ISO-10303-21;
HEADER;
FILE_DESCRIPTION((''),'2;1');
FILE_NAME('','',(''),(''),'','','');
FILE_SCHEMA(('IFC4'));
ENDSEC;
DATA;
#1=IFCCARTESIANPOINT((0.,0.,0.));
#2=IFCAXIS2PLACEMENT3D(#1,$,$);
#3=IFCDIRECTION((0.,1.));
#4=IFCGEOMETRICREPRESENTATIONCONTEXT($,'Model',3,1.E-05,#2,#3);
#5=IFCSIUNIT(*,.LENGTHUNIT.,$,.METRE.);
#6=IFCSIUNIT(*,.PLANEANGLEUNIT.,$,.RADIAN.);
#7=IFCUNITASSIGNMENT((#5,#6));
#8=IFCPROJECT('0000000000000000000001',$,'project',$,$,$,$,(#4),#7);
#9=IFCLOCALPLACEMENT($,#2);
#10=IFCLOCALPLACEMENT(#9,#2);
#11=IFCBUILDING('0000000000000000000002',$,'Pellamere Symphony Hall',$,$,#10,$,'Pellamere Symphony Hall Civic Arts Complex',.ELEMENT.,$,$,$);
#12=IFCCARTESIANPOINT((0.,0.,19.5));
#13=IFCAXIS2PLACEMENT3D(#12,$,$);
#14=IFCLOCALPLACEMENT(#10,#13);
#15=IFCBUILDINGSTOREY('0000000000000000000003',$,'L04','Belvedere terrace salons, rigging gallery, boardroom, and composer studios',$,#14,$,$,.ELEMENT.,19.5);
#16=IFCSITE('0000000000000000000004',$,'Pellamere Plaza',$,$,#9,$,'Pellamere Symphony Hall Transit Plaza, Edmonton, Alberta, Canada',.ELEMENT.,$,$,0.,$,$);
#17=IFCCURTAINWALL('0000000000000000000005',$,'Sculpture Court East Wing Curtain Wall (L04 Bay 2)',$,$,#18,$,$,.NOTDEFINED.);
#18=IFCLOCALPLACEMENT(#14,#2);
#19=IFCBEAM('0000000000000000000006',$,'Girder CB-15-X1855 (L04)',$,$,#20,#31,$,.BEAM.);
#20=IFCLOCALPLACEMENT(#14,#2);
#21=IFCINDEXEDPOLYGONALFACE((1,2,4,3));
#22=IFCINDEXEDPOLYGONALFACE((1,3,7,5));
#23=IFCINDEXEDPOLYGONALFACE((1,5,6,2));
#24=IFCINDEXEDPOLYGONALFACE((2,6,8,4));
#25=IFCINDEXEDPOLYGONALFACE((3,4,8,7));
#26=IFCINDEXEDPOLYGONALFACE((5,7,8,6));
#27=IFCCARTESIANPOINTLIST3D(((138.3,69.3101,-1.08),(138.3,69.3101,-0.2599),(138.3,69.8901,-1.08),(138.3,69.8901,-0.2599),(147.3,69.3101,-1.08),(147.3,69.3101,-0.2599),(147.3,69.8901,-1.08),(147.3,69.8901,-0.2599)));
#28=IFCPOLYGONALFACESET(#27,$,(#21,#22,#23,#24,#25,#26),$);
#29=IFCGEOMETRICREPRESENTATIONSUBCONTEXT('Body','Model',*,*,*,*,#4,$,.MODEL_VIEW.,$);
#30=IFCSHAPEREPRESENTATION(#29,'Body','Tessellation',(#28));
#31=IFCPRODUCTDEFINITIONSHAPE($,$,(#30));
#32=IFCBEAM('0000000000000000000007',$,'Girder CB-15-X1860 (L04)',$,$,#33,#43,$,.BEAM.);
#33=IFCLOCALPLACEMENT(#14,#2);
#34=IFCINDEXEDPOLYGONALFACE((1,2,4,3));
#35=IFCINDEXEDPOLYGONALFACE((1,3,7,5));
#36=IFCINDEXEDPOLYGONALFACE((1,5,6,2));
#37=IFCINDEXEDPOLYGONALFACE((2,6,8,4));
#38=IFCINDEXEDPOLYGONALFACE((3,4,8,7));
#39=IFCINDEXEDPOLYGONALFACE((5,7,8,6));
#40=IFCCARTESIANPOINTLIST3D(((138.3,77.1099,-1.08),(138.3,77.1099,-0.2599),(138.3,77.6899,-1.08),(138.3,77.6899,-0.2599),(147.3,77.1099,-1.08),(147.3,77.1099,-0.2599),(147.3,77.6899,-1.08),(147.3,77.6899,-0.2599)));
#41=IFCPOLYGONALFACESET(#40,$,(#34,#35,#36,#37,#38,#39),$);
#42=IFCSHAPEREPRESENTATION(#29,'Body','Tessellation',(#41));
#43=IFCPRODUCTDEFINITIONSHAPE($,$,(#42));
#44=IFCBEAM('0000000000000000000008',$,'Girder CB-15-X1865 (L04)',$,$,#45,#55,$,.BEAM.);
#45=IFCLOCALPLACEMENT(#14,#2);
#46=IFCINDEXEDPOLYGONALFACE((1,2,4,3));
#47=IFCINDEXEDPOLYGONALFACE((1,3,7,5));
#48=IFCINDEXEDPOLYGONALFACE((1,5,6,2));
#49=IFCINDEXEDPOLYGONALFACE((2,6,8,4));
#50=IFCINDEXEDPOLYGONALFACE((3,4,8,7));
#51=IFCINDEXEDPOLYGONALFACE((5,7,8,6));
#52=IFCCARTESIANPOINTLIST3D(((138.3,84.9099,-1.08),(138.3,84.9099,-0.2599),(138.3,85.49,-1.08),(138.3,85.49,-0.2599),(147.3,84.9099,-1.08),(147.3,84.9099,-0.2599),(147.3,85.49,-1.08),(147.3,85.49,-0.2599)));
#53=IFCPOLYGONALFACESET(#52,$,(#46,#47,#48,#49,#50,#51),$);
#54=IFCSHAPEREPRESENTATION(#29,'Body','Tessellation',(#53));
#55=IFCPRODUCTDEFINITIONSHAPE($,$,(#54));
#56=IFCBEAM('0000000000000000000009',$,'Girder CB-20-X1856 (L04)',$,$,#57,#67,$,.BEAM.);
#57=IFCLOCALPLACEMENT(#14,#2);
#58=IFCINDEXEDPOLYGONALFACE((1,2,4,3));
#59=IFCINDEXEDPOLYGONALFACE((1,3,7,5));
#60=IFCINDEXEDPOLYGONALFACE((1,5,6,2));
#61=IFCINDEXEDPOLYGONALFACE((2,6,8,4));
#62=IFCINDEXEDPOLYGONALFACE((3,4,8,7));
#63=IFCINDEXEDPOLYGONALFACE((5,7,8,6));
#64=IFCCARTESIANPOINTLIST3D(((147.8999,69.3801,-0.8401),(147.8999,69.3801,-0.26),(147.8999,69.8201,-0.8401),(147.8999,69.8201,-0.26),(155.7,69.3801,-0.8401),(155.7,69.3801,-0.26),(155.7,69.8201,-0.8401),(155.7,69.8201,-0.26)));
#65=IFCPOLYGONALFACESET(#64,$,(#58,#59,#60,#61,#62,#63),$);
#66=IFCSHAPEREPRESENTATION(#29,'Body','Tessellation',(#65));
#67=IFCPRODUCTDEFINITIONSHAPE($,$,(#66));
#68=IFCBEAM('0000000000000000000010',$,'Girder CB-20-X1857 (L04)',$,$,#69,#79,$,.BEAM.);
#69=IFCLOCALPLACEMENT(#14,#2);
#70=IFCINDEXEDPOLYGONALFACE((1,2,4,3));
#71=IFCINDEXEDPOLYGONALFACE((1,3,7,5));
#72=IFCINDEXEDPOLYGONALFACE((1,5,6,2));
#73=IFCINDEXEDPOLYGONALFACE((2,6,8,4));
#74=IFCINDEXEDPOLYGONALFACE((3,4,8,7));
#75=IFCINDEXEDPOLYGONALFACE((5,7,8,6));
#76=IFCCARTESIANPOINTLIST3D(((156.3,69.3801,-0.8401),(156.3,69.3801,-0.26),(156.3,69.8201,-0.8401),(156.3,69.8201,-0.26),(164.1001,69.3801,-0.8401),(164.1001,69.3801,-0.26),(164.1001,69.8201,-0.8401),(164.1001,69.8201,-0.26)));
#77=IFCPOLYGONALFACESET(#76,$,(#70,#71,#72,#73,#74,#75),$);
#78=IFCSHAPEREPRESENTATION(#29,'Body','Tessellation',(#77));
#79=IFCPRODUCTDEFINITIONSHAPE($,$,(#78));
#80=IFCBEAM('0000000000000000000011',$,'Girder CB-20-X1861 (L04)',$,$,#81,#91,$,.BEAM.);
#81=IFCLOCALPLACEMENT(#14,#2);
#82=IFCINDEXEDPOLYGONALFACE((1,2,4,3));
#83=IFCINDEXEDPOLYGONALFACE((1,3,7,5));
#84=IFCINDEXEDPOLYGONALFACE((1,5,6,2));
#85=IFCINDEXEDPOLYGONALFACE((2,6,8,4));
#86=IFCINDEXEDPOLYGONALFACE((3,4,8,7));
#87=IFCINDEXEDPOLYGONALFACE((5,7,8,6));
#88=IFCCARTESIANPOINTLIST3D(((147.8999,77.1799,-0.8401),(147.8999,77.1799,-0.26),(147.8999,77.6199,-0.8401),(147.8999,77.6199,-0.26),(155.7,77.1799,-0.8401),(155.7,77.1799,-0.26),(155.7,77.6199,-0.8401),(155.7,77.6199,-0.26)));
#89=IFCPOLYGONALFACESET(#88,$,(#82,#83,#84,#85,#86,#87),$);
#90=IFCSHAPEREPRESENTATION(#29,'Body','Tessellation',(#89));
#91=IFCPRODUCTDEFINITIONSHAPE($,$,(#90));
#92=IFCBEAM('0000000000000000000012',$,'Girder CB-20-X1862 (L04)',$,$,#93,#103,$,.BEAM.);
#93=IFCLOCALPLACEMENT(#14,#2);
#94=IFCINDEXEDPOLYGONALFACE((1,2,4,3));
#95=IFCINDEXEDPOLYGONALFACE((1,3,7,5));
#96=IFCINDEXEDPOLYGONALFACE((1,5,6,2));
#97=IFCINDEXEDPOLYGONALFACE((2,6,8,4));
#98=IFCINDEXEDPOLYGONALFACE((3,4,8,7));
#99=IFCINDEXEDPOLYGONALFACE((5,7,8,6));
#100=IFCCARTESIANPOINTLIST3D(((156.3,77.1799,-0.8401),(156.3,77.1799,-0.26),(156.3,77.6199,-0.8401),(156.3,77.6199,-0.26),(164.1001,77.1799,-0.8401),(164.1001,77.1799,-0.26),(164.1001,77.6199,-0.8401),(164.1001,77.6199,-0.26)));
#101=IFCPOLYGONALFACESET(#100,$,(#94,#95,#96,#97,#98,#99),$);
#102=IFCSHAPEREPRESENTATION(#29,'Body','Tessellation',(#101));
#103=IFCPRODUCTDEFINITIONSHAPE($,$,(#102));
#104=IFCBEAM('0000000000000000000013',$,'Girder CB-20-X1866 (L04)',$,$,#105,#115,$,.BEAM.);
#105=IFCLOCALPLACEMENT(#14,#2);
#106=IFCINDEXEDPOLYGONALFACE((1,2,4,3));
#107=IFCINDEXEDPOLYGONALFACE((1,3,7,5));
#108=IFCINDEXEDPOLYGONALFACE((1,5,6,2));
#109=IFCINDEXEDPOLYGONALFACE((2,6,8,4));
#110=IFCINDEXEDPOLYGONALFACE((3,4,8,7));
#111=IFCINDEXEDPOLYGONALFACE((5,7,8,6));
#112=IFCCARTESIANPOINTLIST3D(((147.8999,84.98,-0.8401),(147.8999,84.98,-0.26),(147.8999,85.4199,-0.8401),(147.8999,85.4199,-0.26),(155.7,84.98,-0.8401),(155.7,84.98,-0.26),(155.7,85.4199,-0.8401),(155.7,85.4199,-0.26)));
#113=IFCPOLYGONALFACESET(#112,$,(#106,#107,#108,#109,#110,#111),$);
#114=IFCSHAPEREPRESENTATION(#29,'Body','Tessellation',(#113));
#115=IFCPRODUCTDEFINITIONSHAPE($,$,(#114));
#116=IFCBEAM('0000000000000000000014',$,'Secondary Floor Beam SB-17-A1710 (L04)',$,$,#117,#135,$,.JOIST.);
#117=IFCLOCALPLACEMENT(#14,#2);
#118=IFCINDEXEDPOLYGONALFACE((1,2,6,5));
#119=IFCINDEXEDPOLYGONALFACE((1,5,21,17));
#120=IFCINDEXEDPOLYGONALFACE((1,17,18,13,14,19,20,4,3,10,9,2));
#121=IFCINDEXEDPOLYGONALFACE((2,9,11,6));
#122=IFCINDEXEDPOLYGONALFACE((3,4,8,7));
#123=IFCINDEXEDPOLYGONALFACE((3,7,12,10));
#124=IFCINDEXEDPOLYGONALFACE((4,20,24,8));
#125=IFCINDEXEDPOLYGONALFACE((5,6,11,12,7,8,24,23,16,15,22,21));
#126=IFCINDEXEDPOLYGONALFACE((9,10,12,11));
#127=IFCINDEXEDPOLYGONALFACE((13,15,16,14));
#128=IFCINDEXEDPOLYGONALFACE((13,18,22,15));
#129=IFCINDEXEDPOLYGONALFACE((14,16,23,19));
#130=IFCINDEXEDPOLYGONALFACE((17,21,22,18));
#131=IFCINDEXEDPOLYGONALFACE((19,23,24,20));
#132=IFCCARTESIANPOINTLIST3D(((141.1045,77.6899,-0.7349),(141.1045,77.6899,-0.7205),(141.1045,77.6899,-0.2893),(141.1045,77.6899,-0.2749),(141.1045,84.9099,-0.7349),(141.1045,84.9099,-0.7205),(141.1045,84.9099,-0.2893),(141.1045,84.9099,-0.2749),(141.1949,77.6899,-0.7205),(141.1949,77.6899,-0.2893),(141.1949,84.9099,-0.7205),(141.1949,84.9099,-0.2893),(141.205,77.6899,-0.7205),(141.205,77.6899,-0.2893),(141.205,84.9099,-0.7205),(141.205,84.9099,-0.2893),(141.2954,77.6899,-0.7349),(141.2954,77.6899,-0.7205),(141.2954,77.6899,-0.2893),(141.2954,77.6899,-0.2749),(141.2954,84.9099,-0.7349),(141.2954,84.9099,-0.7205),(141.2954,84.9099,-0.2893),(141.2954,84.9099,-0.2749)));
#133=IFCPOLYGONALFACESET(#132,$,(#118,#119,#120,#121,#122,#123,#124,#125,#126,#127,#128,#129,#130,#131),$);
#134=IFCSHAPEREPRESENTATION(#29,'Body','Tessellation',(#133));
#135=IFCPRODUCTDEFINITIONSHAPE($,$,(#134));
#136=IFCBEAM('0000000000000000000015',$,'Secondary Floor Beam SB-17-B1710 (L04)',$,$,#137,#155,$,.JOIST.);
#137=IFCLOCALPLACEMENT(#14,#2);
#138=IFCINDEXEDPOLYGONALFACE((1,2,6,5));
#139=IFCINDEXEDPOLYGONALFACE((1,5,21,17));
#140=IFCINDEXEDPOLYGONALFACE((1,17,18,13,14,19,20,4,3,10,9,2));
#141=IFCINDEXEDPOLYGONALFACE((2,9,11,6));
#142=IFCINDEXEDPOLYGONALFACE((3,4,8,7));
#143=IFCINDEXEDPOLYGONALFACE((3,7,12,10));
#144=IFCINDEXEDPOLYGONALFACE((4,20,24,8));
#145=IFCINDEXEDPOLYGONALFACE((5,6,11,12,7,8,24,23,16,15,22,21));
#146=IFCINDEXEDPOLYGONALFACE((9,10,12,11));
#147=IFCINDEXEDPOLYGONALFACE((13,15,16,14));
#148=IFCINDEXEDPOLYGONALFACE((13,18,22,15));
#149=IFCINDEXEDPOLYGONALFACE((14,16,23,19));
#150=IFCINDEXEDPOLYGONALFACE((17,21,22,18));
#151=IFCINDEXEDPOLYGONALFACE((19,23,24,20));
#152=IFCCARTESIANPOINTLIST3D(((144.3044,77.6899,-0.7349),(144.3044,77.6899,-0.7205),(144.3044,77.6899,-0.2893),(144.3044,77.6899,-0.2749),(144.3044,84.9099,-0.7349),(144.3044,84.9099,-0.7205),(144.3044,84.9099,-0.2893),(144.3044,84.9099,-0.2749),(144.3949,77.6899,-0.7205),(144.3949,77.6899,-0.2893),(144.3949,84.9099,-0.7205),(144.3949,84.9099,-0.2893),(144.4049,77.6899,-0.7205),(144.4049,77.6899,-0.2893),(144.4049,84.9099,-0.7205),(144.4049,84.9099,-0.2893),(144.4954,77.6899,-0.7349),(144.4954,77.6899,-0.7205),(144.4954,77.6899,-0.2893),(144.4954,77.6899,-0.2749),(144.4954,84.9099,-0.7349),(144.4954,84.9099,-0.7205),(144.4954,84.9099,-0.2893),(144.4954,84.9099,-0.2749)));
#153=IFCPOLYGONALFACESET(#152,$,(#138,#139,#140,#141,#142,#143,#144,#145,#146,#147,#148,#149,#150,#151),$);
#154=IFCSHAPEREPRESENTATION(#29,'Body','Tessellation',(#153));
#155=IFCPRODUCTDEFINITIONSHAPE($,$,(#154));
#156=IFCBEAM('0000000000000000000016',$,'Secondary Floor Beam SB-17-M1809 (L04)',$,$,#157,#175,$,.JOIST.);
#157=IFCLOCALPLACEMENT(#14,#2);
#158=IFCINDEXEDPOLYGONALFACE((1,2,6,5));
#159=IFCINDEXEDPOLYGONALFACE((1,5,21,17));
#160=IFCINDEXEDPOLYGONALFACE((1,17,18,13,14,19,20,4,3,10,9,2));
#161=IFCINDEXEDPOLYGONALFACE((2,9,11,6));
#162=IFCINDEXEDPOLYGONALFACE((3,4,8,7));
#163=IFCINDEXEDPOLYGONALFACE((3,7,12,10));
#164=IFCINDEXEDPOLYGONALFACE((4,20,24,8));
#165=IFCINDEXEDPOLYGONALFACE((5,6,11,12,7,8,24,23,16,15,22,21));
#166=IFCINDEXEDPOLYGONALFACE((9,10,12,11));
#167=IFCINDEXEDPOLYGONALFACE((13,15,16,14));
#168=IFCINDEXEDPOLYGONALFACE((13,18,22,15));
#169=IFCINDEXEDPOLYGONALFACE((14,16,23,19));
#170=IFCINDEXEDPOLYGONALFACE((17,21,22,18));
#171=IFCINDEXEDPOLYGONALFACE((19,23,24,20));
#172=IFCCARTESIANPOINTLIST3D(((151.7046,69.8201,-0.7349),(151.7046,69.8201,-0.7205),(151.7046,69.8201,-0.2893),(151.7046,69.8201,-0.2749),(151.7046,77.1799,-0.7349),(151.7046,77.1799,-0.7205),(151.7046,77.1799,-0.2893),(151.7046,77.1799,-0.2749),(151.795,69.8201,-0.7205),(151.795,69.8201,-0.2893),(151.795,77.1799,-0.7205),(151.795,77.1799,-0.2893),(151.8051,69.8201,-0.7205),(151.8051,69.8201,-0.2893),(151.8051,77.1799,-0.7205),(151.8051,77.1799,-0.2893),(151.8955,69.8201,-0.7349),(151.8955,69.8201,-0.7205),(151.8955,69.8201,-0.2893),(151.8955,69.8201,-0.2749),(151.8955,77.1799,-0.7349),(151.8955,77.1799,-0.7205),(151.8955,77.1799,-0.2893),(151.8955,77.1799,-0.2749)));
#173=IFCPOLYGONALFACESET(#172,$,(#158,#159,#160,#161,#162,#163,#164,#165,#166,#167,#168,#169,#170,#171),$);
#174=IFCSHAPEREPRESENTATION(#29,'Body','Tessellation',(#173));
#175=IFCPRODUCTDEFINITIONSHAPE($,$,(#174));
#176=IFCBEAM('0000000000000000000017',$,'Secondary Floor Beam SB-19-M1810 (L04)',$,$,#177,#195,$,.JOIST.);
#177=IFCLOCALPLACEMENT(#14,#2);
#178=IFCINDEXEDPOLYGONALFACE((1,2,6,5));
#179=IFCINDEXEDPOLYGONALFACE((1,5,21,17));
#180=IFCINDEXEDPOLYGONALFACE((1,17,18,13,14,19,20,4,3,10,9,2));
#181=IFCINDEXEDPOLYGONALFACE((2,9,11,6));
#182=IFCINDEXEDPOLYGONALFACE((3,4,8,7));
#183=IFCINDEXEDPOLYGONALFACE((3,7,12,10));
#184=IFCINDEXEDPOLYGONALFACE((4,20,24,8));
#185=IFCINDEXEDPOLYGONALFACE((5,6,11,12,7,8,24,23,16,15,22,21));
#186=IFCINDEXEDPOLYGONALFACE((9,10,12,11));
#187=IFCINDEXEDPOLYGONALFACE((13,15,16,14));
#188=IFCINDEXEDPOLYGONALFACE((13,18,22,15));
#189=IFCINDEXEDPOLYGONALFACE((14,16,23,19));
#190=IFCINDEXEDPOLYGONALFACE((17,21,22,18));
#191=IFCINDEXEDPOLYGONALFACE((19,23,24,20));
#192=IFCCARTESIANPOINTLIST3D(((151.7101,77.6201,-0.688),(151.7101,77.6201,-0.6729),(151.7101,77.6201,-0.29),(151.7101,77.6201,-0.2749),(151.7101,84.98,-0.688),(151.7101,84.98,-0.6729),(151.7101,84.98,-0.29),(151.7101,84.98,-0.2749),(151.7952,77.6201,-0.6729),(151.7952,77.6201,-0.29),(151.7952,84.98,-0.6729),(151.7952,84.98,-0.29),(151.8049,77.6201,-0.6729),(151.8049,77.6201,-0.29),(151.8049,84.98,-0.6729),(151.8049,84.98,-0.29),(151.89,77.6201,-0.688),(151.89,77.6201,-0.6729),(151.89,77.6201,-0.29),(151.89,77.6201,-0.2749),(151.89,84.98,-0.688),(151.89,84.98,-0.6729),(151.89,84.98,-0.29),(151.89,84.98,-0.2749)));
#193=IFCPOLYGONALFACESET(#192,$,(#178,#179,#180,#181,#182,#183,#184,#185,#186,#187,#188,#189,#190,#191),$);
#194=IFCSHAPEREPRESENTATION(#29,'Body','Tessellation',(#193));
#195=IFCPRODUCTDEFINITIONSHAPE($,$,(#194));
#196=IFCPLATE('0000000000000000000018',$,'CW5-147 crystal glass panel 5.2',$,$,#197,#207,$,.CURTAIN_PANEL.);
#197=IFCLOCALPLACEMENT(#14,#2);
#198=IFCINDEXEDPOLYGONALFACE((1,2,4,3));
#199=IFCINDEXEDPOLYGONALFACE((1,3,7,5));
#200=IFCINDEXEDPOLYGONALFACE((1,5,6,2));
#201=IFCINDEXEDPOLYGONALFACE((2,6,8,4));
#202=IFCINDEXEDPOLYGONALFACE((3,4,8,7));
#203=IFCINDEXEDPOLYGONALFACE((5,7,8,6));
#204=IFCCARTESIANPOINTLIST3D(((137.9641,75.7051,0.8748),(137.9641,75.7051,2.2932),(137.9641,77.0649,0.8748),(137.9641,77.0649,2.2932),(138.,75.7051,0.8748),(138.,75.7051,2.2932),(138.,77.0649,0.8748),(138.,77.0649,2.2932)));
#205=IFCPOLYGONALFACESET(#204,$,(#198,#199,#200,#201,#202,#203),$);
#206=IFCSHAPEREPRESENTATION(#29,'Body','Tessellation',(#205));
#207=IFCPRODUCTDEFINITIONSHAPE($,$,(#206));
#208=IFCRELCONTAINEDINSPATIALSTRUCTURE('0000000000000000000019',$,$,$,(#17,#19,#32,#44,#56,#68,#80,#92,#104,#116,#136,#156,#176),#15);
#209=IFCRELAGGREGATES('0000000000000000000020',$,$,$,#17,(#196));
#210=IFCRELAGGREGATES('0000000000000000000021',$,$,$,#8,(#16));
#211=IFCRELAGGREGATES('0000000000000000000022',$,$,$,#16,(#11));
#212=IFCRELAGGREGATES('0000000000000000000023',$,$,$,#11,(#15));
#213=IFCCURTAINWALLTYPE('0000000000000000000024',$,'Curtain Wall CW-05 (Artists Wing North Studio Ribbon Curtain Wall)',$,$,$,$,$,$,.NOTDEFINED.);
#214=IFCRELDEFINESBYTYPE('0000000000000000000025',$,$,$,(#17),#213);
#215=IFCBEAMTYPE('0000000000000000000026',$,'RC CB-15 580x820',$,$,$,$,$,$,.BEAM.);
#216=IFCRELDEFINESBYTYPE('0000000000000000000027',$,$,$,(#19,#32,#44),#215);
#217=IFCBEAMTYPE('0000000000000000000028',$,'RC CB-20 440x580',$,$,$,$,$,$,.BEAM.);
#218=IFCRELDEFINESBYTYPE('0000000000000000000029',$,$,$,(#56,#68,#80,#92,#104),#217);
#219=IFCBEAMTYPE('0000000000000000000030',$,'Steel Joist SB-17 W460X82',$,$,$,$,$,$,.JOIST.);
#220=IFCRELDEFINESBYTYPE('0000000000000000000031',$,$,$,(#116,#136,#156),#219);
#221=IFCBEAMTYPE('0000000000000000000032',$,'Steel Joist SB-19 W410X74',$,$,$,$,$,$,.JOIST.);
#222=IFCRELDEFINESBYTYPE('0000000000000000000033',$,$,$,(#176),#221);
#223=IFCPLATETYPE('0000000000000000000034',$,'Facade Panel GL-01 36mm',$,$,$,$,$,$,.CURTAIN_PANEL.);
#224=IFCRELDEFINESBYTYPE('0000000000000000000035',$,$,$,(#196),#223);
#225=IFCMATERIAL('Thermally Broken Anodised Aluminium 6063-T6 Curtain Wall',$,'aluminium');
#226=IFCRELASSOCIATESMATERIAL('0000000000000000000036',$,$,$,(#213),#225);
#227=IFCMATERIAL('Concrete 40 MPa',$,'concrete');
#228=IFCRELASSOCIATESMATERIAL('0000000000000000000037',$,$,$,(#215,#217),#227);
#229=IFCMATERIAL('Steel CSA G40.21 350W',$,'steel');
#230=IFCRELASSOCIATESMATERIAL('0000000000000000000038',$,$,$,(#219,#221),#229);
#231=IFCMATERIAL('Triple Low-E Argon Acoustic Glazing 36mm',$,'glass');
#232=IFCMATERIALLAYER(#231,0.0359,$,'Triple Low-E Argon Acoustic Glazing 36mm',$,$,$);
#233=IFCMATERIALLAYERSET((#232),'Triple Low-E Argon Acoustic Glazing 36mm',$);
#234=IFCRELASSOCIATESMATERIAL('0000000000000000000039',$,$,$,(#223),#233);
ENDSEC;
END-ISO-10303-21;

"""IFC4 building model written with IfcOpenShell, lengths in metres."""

from ifc_helpers import new_model, si_unit, direction, frame, origin, origin_2d, place, context, subcontext, project, spatial, polyline, rectangle, i_section, outline, extrude, material, layer, layer_set, material_profile, profile_set, type_object, element, aggregate, save


model = new_model("IFC4")

# Units and contexts
model_context = context("Model", 3, precision=1e-05, world=origin(), true_north=direction((0.0, 1.0)))
body_context = subcontext(model_context, "Body", "Model", "MODEL_VIEW")
ifc_project = project(units=[si_unit("LENGTHUNIT", "METRE"), si_unit("PLANEANGLEUNIT", "RADIAN")], contexts=[model_context])

# Site, building, storey
site_placement = place(None, origin())
site = spatial("IfcSite", under=ifc_project, at=site_placement, Name="Pellamere Plaza", LongName="Pellamere Symphony Hall Transit Plaza, Edmonton, Alberta, Canada", CompositionType="ELEMENT", RefElevation=0.0)
building_placement = place(site_placement, origin())
building = spatial("IfcBuilding", under=site, at=building_placement, Name="Pellamere Symphony Hall", LongName="Pellamere Symphony Hall Civic Arts Complex", CompositionType="ELEMENT")
storey_placement = place(building_placement, frame((0.0, 0.0, 19.5)))
storey = spatial("IfcBuildingStorey", under=building, at=storey_placement, Name="L04", Description="Belvedere terrace salons, rigging gallery, boardroom, and composer studios", CompositionType="ELEMENT", Elevation=19.5)

# Curtain wall
ifc_material_1 = material(Name="Thermally Broken Anodised Aluminium 6063-T6 Curtain Wall", Category="aluminium")
curtain_wall_type = type_object("IfcCurtainWallType", Name="Curtain Wall CW-05 (Artists Wing North Studio Ribbon Curtain Wall)", PredefinedType="NOTDEFINED", material=ifc_material_1)
curtain_wall_placement = place(storey_placement, origin())
curtain_wall = element("IfcCurtainWall", 1, at=curtain_wall_placement, inside=storey, type_object=curtain_wall_type, Name="Sculpture Court East Wing Curtain Wall (L04 Bay 2)", PredefinedType="NOTDEFINED")

# Beams
ifc_material_2 = material(Name="Concrete 40 MPa", Category="concrete")
ifc_material_profile_1 = material_profile(ifc_material_2, rectangle(XDim=0.5801, YDim=0.8201, at=origin_2d()), Name="RC 580x820")
ifc_profile_set_1 = profile_set([ifc_material_profile_1], Name="Concrete 40 MPa")
beam_type_1 = type_object("IfcBeamType", Name="RC CB-15 580x820", PredefinedType="BEAM", material=ifc_profile_set_1)
for number, where, z_axis, x_axis, name in (
    (2, (138.3, 69.6001, -0.6699), (1.0, 0.0, 0.0), (0.0, 1.0, 0.0), "Girder CB-15-X1855 (L04)"),
    (3, (138.3, 77.3999, -0.6699), (1.0, 0.0, 0.0), (0.0, 1.0, 0.0), "Girder CB-15-X1860 (L04)"),
    (4, (138.3, 85.2, -0.6699), (1.0, 0.0, 0.0), (0.0, 1.0, 0.0), "Girder CB-15-X1865 (L04)"),
):
    element("IfcBeam", number, at=place(storey_placement, frame(where, z_axis=z_axis, x_axis=x_axis)), inside=storey, type_object=beam_type_1, Name=name, PredefinedType="BEAM", context=body_context, shape_type="SweptSolid", body=[
        extrude(rectangle(XDim=0.5801, YDim=0.8201, at=origin_2d()), origin(), (0.0, 0.0, 1.0), 9.0),
    ])
ifc_material_profile_2 = material_profile(ifc_material_2, rectangle(XDim=0.4399, YDim=0.5801, at=origin_2d()), Name="RC 440x580")
ifc_profile_set_2 = profile_set([ifc_material_profile_2], Name="Concrete 40 MPa")
beam_type_2 = type_object("IfcBeamType", Name="RC CB-20 440x580", PredefinedType="BEAM", material=ifc_profile_set_2)
for number, where, z_axis, x_axis, name in (
    (5, (147.8999, 69.6001, -0.55), (1.0, 0.0, 0.0), (0.0, 1.0, 0.0), "Girder CB-20-X1856 (L04)"),
    (6, (156.3, 69.6001, -0.55), (1.0, 0.0, 0.0), (0.0, 1.0, 0.0), "Girder CB-20-X1857 (L04)"),
    (7, (147.8999, 77.3999, -0.55), (1.0, 0.0, 0.0), (0.0, 1.0, 0.0), "Girder CB-20-X1861 (L04)"),
    (8, (156.3, 77.3999, -0.55), (1.0, 0.0, 0.0), (0.0, 1.0, 0.0), "Girder CB-20-X1862 (L04)"),
    (9, (147.8999, 85.2, -0.55), (1.0, 0.0, 0.0), (0.0, 1.0, 0.0), "Girder CB-20-X1866 (L04)"),
):
    element("IfcBeam", number, at=place(storey_placement, frame(where, z_axis=z_axis, x_axis=x_axis)), inside=storey, type_object=beam_type_2, Name=name, PredefinedType="BEAM", context=body_context, shape_type="SweptSolid", body=[
        extrude(rectangle(XDim=0.4399, YDim=0.5801, at=origin_2d()), origin(), (0.0, 0.0, 1.0), 7.8),
    ])
ifc_material_3 = material(Name="Steel CSA G40.21 350W", Category="steel")
ifc_material_profile_3 = material_profile(ifc_material_3, i_section(OverallWidth=0.1909, OverallDepth=0.46, WebThickness=0.01, FlangeThickness=0.0144, at=origin_2d()), Name="W460X82")
ifc_profile_set_3 = profile_set([ifc_material_profile_3], Name="Steel CSA G40.21 350W")
beam_type_3 = type_object("IfcBeamType", Name="Steel Joist SB-17 W460X82", PredefinedType="JOIST", material=ifc_profile_set_3)
for number, where, z_axis, x_axis, name in (
    (10, (141.2, 77.6899, -0.5049), (0.0, 1.0, 0.0), (-1.0, 0.0, 0.0), "Secondary Floor Beam SB-17-A1710 (L04)"),
    (11, (144.3999, 77.6899, -0.5049), (0.0, 1.0, 0.0), (-1.0, 0.0, 0.0), "Secondary Floor Beam SB-17-B1710 (L04)"),
):
    element("IfcBeam", number, at=place(storey_placement, frame(where, z_axis=z_axis, x_axis=x_axis)), inside=storey, type_object=beam_type_3, Name=name, PredefinedType="JOIST", context=body_context, shape_type="SweptSolid", body=[
        extrude(i_section(OverallWidth=0.1909, OverallDepth=0.46, WebThickness=0.01, FlangeThickness=0.0144, at=origin_2d()), origin(), (0.0, 0.0, 1.0), 7.22),
    ])
beam_1_placement = place(storey_placement, frame((151.8, 69.8201, -0.5049), z_axis=(0.0, 1.0, 0.0), x_axis=(-1.0, 0.0, 0.0)))
element("IfcBeam", 12, at=beam_1_placement, inside=storey, type_object=beam_type_3, Name="Secondary Floor Beam SB-17-M1809 (L04)", PredefinedType="JOIST", context=body_context, shape_type="SweptSolid", body=[
    extrude(i_section(OverallWidth=0.1909, OverallDepth=0.46, WebThickness=0.01, FlangeThickness=0.0144, at=origin_2d()), origin(), (0.0, 0.0, 1.0), 7.3599),
])
ifc_material_profile_4 = material_profile(ifc_material_3, i_section(OverallWidth=0.1799, OverallDepth=0.4131, WebThickness=0.0098, FlangeThickness=0.0151, at=origin_2d()), Name="W410X74")
ifc_profile_set_4 = profile_set([ifc_material_profile_4], Name="Steel CSA G40.21 350W")
beam_type_4 = type_object("IfcBeamType", Name="Steel Joist SB-19 W410X74", PredefinedType="JOIST", material=ifc_profile_set_4)
beam_2_placement = place(storey_placement, frame((151.8, 77.6201, -0.4814), z_axis=(0.0, 1.0, 0.0), x_axis=(-1.0, 0.0, 0.0)))
element("IfcBeam", 13, at=beam_2_placement, inside=storey, type_object=beam_type_4, Name="Secondary Floor Beam SB-19-M1810 (L04)", PredefinedType="JOIST", context=body_context, shape_type="SweptSolid", body=[
    extrude(i_section(OverallWidth=0.1799, OverallDepth=0.4131, WebThickness=0.0098, FlangeThickness=0.0151, at=origin_2d()), origin(), (0.0, 0.0, 1.0), 7.3599),
])

# Plate
ifc_material_4 = material(Name="Triple Low-E Argon Acoustic Glazing 36mm", Category="glass")
ifc_layer_1 = layer(ifc_material_4, 0.0359, Name="Triple Low-E Argon Acoustic Glazing 36mm")
ifc_layer_set_1 = layer_set([ifc_layer_1], Name="Triple Low-E Argon Acoustic Glazing 36mm")
plate_type = type_object("IfcPlateType", Name="Facade Panel GL-01 36mm", PredefinedType="CURTAIN_PANEL", material=ifc_layer_set_1)
plate_1_placement = place(storey_placement, frame((138.0, 75.7051, 0.8748), z_axis=(1.0, 0.0, 0.0), x_axis=(0.0, 1.0, 0.0)))
plate_1 = element("IfcPlate", 14, at=plate_1_placement, type_object=plate_type, Name="CW5-147 crystal glass panel 5.2", PredefinedType="CURTAIN_PANEL", context=body_context, shape_type="SweptSolid", body=[
    extrude(outline(polyline([(0.0, 0.0), (1.3599, 0.0), (1.3599, 1.4185), (0.0, 1.4185), (0.0, 0.0)])), origin(), (0.0, 0.0, -1.0), 0.0359),
])
aggregate(curtain_wall, [plate_1])

save(model, "model.ifc")
